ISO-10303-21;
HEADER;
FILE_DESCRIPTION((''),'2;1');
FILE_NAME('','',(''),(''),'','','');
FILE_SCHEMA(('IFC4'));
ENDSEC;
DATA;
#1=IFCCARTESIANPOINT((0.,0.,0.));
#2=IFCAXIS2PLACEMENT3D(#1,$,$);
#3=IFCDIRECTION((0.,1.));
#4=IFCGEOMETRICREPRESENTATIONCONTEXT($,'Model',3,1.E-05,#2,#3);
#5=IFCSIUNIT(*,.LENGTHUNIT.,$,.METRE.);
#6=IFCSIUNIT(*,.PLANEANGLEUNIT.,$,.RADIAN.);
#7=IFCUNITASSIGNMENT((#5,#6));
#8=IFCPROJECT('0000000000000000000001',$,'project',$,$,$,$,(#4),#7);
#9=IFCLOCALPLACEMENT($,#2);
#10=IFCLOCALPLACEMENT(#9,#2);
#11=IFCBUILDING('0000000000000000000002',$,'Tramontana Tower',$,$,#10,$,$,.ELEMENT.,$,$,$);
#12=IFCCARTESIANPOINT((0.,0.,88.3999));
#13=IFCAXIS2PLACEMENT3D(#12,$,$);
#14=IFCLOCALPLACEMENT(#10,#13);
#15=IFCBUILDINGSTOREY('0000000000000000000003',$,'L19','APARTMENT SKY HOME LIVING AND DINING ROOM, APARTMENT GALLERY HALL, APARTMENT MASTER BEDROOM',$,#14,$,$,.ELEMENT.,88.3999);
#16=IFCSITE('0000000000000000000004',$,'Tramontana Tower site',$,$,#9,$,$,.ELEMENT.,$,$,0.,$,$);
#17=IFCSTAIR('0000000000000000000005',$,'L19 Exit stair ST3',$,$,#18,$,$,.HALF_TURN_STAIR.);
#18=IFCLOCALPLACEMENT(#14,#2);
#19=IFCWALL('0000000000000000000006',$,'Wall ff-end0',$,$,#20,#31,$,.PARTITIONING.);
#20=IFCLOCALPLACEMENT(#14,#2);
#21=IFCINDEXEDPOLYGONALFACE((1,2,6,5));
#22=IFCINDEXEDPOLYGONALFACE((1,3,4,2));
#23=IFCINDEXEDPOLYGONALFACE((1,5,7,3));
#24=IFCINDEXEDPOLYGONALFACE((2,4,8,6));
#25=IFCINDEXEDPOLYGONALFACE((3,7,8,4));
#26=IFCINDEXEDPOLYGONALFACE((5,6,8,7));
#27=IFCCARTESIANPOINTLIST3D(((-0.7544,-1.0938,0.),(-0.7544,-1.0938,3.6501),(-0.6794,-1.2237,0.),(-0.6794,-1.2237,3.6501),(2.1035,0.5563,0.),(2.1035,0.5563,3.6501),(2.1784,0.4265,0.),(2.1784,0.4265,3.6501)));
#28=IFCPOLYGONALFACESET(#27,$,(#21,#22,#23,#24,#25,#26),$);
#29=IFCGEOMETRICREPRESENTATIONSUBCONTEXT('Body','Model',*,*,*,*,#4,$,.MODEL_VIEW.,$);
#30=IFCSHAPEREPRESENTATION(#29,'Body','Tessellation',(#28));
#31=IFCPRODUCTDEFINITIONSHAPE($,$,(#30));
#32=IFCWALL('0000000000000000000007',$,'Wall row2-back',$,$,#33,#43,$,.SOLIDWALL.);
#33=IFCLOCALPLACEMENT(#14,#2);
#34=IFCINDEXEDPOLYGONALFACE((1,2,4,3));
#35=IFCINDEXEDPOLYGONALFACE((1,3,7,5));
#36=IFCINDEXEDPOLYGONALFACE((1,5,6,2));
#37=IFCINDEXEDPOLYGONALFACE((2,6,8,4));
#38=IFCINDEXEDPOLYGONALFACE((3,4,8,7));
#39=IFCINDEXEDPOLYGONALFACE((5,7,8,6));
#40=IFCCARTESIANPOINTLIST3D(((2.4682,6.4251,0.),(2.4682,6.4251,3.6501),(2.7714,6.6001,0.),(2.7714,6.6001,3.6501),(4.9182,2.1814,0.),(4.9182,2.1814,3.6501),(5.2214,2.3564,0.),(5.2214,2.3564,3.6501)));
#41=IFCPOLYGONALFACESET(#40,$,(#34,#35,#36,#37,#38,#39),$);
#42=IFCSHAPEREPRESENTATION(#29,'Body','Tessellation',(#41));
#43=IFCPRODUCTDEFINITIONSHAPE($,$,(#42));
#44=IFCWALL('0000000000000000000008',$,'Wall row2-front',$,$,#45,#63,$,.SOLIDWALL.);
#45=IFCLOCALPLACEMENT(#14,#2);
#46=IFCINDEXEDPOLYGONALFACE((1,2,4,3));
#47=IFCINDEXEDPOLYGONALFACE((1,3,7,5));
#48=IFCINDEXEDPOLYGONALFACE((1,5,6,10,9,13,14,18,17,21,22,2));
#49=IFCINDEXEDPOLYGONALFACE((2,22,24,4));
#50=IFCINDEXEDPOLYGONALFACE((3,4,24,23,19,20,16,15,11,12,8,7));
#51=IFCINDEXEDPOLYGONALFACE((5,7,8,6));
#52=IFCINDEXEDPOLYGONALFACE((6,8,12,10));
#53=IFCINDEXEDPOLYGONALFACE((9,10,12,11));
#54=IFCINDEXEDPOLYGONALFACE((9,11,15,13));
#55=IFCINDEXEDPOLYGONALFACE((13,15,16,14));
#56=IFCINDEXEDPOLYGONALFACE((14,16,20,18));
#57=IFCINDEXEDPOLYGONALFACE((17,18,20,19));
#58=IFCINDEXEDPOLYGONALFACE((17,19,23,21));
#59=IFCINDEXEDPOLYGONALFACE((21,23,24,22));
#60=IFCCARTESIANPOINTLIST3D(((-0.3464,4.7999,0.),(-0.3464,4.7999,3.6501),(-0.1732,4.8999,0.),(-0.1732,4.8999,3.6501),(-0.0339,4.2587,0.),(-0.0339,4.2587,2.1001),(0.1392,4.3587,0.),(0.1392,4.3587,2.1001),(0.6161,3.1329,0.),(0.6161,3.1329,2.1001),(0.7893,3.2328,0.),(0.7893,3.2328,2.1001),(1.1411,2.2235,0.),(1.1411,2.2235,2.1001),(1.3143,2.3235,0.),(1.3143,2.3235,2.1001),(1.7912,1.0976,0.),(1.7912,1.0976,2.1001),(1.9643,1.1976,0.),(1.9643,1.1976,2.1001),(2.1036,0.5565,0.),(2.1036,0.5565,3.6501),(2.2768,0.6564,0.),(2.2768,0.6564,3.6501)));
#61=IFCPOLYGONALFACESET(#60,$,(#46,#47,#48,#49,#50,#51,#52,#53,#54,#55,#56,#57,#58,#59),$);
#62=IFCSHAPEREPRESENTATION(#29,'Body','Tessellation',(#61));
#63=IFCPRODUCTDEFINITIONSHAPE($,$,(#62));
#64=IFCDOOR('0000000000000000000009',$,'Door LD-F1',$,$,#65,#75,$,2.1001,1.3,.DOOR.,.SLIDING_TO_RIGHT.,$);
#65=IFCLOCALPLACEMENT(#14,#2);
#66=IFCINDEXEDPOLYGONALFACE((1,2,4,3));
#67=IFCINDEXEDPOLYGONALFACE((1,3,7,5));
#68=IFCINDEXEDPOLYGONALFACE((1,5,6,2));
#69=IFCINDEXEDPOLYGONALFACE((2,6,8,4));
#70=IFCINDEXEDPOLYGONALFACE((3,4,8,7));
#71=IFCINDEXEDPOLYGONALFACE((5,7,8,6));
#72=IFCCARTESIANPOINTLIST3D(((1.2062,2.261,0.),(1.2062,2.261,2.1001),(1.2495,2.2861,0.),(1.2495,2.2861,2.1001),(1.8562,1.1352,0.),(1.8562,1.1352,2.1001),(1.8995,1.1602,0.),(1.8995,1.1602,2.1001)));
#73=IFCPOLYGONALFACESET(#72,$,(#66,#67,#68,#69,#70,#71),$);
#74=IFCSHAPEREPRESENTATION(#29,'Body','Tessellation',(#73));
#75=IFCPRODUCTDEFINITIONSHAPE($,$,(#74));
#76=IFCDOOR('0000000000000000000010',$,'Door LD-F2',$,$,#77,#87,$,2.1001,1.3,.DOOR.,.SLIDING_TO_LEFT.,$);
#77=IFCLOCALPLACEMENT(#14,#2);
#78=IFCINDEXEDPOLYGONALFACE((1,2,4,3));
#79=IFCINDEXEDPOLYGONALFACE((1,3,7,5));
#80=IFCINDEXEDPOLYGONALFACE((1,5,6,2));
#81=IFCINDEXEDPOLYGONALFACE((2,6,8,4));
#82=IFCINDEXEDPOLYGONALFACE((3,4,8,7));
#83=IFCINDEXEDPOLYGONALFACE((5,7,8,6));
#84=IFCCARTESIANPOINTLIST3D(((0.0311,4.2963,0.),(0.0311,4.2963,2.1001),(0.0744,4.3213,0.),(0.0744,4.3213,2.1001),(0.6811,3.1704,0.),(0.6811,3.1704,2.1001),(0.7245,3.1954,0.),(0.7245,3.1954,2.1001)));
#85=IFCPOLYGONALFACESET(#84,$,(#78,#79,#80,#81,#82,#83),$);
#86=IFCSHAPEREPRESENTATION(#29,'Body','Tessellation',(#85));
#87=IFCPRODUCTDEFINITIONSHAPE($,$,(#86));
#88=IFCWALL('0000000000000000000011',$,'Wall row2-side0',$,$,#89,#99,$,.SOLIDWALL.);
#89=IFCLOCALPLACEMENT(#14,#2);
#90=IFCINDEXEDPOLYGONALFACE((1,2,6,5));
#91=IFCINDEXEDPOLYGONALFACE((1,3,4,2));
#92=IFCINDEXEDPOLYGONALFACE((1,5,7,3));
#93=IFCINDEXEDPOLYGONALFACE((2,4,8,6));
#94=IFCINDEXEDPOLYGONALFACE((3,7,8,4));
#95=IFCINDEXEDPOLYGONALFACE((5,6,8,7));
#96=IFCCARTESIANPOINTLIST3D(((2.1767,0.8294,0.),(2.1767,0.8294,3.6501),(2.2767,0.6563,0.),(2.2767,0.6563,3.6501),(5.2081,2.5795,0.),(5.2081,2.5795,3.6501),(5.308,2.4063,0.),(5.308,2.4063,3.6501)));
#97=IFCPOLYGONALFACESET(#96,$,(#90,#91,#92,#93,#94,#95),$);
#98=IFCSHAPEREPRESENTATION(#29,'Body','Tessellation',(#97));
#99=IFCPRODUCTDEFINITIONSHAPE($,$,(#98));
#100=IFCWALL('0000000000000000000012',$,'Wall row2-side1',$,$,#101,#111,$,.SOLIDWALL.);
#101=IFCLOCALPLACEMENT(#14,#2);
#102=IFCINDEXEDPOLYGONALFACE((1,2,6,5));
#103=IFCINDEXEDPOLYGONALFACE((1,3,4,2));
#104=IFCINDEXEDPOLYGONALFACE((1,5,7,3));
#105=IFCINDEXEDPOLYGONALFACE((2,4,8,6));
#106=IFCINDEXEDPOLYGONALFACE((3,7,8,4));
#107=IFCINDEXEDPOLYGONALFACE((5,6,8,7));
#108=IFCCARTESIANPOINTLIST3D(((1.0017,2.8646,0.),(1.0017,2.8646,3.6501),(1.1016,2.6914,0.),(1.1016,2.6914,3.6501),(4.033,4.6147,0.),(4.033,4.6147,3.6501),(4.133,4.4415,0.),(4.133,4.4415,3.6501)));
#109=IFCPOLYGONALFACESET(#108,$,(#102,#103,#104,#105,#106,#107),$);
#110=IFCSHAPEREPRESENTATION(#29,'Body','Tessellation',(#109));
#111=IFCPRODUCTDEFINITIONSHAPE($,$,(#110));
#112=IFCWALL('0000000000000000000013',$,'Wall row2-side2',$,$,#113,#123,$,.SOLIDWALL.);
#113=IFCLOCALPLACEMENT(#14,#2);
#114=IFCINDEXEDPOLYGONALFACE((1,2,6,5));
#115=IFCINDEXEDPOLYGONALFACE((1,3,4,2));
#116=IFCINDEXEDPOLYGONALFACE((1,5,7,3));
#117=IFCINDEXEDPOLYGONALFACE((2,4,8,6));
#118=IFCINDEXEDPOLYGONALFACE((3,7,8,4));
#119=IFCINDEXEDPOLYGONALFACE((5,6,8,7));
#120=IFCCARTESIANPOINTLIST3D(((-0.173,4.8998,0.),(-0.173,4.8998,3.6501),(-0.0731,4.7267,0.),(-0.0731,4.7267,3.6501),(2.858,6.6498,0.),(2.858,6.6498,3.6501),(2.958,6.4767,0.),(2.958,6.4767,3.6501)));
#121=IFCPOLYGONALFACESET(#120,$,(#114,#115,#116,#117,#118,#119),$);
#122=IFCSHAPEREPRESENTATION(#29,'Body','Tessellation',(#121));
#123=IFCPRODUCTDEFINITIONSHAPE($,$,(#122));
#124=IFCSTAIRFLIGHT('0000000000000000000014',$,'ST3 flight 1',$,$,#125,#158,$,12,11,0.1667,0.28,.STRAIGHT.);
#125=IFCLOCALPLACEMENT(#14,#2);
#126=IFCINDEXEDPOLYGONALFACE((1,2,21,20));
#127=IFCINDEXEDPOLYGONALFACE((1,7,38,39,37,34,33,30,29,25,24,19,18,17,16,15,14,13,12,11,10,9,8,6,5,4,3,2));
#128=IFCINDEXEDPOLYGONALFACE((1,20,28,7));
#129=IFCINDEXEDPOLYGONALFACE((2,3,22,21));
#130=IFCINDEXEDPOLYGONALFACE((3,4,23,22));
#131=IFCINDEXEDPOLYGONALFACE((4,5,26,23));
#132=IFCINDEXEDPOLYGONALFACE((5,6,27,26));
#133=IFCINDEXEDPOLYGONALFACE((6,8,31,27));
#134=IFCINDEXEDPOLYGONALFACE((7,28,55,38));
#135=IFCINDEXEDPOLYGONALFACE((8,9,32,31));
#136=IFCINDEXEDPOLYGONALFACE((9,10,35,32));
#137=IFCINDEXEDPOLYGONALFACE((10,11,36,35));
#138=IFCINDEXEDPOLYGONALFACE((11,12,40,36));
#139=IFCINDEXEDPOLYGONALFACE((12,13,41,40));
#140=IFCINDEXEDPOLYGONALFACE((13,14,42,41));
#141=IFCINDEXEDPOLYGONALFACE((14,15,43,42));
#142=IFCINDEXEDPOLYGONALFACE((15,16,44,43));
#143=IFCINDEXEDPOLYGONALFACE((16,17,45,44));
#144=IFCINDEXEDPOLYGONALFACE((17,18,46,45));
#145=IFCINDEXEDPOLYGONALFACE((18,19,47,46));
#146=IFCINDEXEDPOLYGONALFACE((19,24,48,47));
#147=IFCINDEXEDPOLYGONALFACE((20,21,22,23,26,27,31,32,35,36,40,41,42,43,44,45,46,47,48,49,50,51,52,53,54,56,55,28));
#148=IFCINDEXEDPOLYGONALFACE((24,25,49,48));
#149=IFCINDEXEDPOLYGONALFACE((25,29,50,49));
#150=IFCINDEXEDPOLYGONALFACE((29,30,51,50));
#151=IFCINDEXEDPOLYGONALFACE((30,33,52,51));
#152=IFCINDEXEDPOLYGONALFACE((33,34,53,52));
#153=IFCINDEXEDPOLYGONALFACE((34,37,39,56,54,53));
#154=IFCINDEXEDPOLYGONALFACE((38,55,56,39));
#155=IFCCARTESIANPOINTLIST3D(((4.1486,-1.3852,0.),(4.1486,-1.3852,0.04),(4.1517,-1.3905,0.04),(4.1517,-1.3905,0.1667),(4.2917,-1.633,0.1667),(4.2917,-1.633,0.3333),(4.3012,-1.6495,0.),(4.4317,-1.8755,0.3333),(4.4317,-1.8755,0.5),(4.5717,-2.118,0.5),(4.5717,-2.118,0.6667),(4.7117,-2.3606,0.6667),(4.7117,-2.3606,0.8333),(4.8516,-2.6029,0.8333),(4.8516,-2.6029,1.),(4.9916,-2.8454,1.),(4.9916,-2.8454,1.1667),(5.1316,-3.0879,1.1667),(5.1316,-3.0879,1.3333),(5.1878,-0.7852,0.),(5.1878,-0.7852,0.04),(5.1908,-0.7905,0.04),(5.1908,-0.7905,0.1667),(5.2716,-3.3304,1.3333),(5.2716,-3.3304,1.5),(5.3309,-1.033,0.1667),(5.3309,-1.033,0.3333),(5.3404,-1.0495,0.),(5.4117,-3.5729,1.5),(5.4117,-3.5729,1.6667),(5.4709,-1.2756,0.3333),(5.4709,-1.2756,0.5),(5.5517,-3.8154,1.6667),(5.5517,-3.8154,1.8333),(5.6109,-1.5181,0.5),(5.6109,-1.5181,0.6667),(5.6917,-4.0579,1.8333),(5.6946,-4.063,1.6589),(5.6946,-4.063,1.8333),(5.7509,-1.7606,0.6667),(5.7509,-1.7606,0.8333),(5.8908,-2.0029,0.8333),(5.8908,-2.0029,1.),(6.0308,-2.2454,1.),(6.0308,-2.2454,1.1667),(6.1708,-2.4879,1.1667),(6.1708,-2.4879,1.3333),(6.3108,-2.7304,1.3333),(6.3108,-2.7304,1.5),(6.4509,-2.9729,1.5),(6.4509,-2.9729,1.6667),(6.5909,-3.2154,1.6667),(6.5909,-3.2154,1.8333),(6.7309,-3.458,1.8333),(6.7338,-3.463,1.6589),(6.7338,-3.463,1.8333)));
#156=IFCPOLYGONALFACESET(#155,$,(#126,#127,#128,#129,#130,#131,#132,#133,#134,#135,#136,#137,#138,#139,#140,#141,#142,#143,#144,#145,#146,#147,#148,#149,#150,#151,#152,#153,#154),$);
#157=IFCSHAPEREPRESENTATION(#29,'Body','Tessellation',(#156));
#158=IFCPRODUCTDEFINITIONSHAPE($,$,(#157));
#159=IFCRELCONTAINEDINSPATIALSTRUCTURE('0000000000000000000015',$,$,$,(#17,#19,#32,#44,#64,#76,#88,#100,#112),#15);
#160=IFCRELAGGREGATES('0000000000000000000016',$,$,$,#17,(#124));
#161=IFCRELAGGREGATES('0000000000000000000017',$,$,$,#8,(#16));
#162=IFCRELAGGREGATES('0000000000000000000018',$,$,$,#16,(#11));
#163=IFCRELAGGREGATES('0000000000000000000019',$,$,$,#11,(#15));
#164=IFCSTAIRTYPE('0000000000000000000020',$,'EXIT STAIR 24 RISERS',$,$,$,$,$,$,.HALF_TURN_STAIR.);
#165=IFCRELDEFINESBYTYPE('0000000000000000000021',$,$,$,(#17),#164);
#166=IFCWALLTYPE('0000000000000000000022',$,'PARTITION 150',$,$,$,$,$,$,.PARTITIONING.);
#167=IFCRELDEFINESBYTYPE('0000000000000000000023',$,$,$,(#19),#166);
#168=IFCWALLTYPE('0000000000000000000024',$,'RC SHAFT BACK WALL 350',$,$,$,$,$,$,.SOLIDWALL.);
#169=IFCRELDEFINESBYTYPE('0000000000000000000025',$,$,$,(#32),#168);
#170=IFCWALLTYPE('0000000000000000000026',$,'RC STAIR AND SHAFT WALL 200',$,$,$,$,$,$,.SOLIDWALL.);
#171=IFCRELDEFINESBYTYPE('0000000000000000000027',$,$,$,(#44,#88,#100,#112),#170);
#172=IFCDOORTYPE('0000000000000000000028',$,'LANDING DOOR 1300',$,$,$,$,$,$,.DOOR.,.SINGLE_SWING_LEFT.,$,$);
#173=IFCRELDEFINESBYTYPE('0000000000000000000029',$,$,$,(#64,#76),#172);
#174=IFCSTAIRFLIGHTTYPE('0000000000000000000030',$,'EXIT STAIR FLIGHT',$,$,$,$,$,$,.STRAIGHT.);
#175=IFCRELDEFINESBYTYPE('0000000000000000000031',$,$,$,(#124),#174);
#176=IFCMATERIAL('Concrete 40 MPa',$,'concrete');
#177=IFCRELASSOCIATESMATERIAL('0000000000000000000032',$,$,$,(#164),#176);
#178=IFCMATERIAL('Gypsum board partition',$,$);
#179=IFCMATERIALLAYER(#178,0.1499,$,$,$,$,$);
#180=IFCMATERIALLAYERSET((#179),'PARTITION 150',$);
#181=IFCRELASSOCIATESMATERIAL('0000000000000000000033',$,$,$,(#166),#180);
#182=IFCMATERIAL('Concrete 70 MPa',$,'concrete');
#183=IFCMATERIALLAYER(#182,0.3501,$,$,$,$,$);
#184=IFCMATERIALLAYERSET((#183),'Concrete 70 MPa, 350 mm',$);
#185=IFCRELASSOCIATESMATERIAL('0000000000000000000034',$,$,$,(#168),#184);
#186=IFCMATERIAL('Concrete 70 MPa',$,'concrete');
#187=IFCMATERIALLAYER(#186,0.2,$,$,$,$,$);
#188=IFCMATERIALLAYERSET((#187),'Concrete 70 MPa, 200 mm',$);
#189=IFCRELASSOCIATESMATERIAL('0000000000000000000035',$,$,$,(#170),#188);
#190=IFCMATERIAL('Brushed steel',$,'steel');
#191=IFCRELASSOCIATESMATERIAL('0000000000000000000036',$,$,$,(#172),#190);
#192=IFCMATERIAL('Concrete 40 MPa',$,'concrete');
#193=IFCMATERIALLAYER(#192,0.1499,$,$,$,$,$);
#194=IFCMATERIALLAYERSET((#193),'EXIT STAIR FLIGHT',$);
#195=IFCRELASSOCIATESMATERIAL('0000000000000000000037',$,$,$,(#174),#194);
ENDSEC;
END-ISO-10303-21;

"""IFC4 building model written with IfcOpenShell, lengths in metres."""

from ifc_helpers import new_model, si_unit, direction, frame, frame_2d, origin, place, context, subcontext, project, spatial, polyline, rectangle, outline, extrude, material, layer, layer_set, type_object, element, fill, aggregate, save


model = new_model("IFC4")

# Units and contexts
model_context = context("Model", 3, precision=1e-05, world=origin(), true_north=direction((0.0, 1.0)))
body_context = subcontext(model_context, "Body", "Model", "MODEL_VIEW")
ifc_project = project(units=[si_unit("LENGTHUNIT", "METRE"), si_unit("PLANEANGLEUNIT", "RADIAN")], contexts=[model_context])

# Site, building, storey
site_placement = place(None, origin())
site = spatial("IfcSite", under=ifc_project, at=site_placement, Name="Tramontana Tower site", CompositionType="ELEMENT", RefElevation=0.0)
building_placement = place(site_placement, origin())
building = spatial("IfcBuilding", under=site, at=building_placement, Name="Tramontana Tower", CompositionType="ELEMENT")
storey_placement = place(building_placement, frame((0.0, 0.0, 88.3999)))
storey = spatial("IfcBuildingStorey", under=building, at=storey_placement, Name="L19", Description="APARTMENT SKY HOME LIVING AND DINING ROOM, APARTMENT GALLERY HALL, APARTMENT MASTER BEDROOM", CompositionType="ELEMENT", Elevation=88.3999)

# Stair
ifc_material_1 = material(Name="Concrete 40 MPa", Category="concrete")
stair_type = type_object("IfcStairType", Name="EXIT STAIR 24 RISERS", PredefinedType="HALF_TURN_STAIR", material=ifc_material_1)
stair_1_placement = place(storey_placement, origin())
stair_1 = element("IfcStair", 1, at=stair_1_placement, inside=storey, type_object=stair_type, Name="L19 Exit stair ST3", PredefinedType="HALF_TURN_STAIR")

# Shared definitions
ifc_material_2 = material(Name="Gypsum board partition")
ifc_layer_1 = layer(ifc_material_2, 0.1499)
ifc_layer_set_1 = layer_set([ifc_layer_1], Name="PARTITION 150")
wall_type_1 = type_object("IfcWallType", Name="PARTITION 150", PredefinedType="PARTITIONING", material=ifc_layer_set_1)

# Walls
wall_1_placement = place(storey_placement, frame((-0.7168, -1.1587, 0.0), z_axis=(0.0, 0.0, 1.0), x_axis=(0.866008, 0.50003, 0.0)))
element("IfcWall", 2, at=wall_1_placement, inside=storey, type_object=wall_type_1, Name="Wall ff-end0", PredefinedType="PARTITIONING", context=body_context, shape_type="SweptSolid", body=[
    extrude(rectangle(XDim=3.3, YDim=0.1499, at=frame_2d((1.6499, 0.0))), origin(), (0.0, 0.0, 1.0), 3.6501),
])
ifc_material_3 = material(Name="Concrete 70 MPa", Category="concrete")
ifc_layer_2 = layer(ifc_material_3, 0.3501)
ifc_layer_set_2 = layer_set([ifc_layer_2], Name="Concrete 70 MPa, 350 mm")
wall_type_2 = type_object("IfcWallType", Name="RC SHAFT BACK WALL 350", PredefinedType="SOLIDWALL", material=ifc_layer_set_2)
wall_2_placement = place(storey_placement, frame((5.0698, 2.2688, 0.0), z_axis=(0.0, 0.0, 1.0), x_axis=(-0.499981, 0.866036, 0.0)))
element("IfcWall", 3, at=wall_2_placement, inside=storey, type_object=wall_type_2, Name="Wall row2-back", PredefinedType="SOLIDWALL", context=body_context, shape_type="SweptSolid", body=[
    extrude(rectangle(XDim=4.9001, YDim=0.3501, at=frame_2d((2.4502, 0.0))), origin(), (0.0, 0.0, 1.0), 3.6501),
])

# Shared definitions
ifc_material_4 = material(Name="Concrete 70 MPa", Category="concrete")
ifc_layer_3 = layer(ifc_material_4, 0.2)
ifc_layer_set_3 = layer_set([ifc_layer_3], Name="Concrete 70 MPa, 200 mm")
wall_type_3 = type_object("IfcWallType", Name="RC STAIR AND SHAFT WALL 200", PredefinedType="SOLIDWALL", material=ifc_layer_set_3)

# Wall, openings, doors
wall_3_placement = place(storey_placement, frame((2.1902, 0.6064, 0.0), z_axis=(0.0, 0.0, 1.0), x_axis=(-0.500003, 0.866024, 0.0)))
wall_3 = element("IfcWall", 4, at=wall_3_placement, inside=storey, type_object=wall_type_3, Name="Wall row2-front", PredefinedType="SOLIDWALL", context=body_context, shape_type="SweptSolid", body=[
    extrude(rectangle(XDim=4.8999, YDim=0.2, at=frame_2d((2.45, 0.0))), origin(), (0.0, 0.0, 1.0), 3.6501),
])
opening_1_placement = place(wall_3_placement, frame((0.625, 0.0, 0.0)))
opening_1 = element("IfcOpeningElement", 5, at=opening_1_placement, cuts=wall_3, PredefinedType="OPENING", context=body_context, shape_type="SweptSolid", body=[
    extrude(rectangle(XDim=1.3, YDim=2.1001, at=frame_2d((0.6499, 1.05))), frame((0.0, 0.1099, 0.0), z_axis=(0.0, -1.0, 0.0), x_axis=(1.0, 0.0, 0.0)), (0.0, 0.0, 1.0), 0.22),
])
opening_2_placement = place(wall_3_placement, frame((2.9751, 0.0, 0.0)))
opening_2 = element("IfcOpeningElement", 6, at=opening_2_placement, cuts=wall_3, PredefinedType="OPENING", context=body_context, shape_type="SweptSolid", body=[
    extrude(rectangle(XDim=1.3, YDim=2.1001, at=frame_2d((0.6499, 1.05))), frame((0.0, 0.1099, 0.0), z_axis=(0.0, -1.0, 0.0), x_axis=(1.0, 0.0, 0.0)), (0.0, 0.0, 1.0), 0.22),
])
ifc_material_5 = material(Name="Brushed steel", Category="steel")
door_type_1 = type_object("IfcDoorType", Name="LANDING DOOR 1300", OperationType="SINGLE_SWING_LEFT", PredefinedType="DOOR", material=ifc_material_5)
door_1_placement = place(opening_1_placement, origin())
door_1 = element("IfcDoor", 7, at=door_1_placement, inside=storey, type_object=door_type_1, Name="Door LD-F1", OperationType="SLIDING_TO_RIGHT", OverallHeight=2.1001, OverallWidth=1.3, PredefinedType="DOOR", context=body_context, shape_type="SweptSolid", body=[
    extrude(rectangle(XDim=1.3, YDim=2.1001, at=frame_2d((0.6499, 1.05))), frame((0.0, 0.0249, 0.0), z_axis=(0.0, -1.0, 0.0), x_axis=(1.0, 0.0, 0.0)), (0.0, 0.0, 1.0), 0.05),
])
fill(opening_1, door_1)
door_2_placement = place(opening_2_placement, origin())
door_2 = element("IfcDoor", 8, at=door_2_placement, inside=storey, type_object=door_type_1, Name="Door LD-F2", OperationType="SLIDING_TO_LEFT", OverallHeight=2.1001, OverallWidth=1.3, PredefinedType="DOOR", context=body_context, shape_type="SweptSolid", body=[
    extrude(rectangle(XDim=1.3, YDim=2.1001, at=frame_2d((0.6499, 1.05))), frame((0.0, 0.0249, 0.0), z_axis=(0.0, -1.0, 0.0), x_axis=(1.0, 0.0, 0.0)), (0.0, 0.0, 1.0), 0.05),
])
fill(opening_2, door_2)

# Walls
for number, where, z_axis, x_axis, name in (
    (9, (2.2268, 0.7429, 0.0), (0.0, 0.0, 1.0), (0.866037, 0.49998, 0.0), "Wall row2-side0"),
    (10, (1.0518, 2.7781, 0.0), (0.0, 0.0, 1.0), (0.866037, 0.49998, 0.0), "Wall row2-side1"),
):
    element("IfcWall", number, at=place(storey_placement, frame(where, z_axis=z_axis, x_axis=x_axis)), inside=storey, type_object=wall_type_3, Name=name, PredefinedType="SOLIDWALL", context=body_context, shape_type="SweptSolid", body=[
        extrude(rectangle(XDim=3.5002, YDim=0.2, at=frame_2d((1.75, 0.0))), origin(), (0.0, 0.0, 1.0), 3.6501),
    ])
wall_4_placement = place(storey_placement, frame((-0.123, 4.8132, 0.0), z_axis=(0.0, 0.0, 1.0), x_axis=(0.866019, 0.50001, 0.0)))
element("IfcWall", 11, at=wall_4_placement, inside=storey, type_object=wall_type_3, Name="Wall row2-side2", PredefinedType="SOLIDWALL", context=body_context, shape_type="SweptSolid", body=[
    extrude(rectangle(XDim=3.5, YDim=0.2, at=frame_2d((1.75, 0.0))), origin(), (0.0, 0.0, 1.0), 3.6501),
])

# Stair flight
ifc_material_6 = material(Name="Concrete 40 MPa", Category="concrete")
ifc_layer_4 = layer(ifc_material_6, 0.1499)
ifc_layer_set_4 = layer_set([ifc_layer_4], Name="EXIT STAIR FLIGHT")
stair_flight_type = type_object("IfcStairFlightType", Name="EXIT STAIR FLIGHT", PredefinedType="STRAIGHT", material=ifc_layer_set_4)
stair_flight_placement = place(storey_placement, frame((4.6711, -1.0906, 0.0), z_axis=(0.0, 0.0, 1.0), x_axis=(0.5, -0.866025, 0.0)))
stair_flight = element("IfcStairFlight", 12, at=stair_flight_placement, type_object=stair_flight_type, Name="ST3 flight 1", NumberOfRisers=12, NumberOfTreads=11, PredefinedType="STRAIGHT", RiserHeight=0.1667, TreadLength=0.28, context=body_context, shape_type="SweptSolid", body=[
    extrude(outline(polyline([(-0.0061, 0.0), (-0.0061, 0.04), (0.0, 0.04), (0.0, 0.1667), (0.28, 0.1667), (0.28, 0.3333), (0.5601, 0.3333), (0.5601, 0.5), (0.8401, 0.5), (0.8401, 0.6667), (1.1201, 0.6667), (1.1201, 0.8333), (1.3999, 0.8333), (1.3999, 1.0), (1.6799, 1.0), (1.6799, 1.1667), (1.96, 1.1667), (1.96, 1.3333), (2.24, 1.3333), (2.24, 1.5), (2.52, 1.5), (2.52, 1.6667), (2.8, 1.6667), (2.8, 1.8333), (3.0801, 1.8333), (3.0859, 1.8333), (3.0859, 1.6589), (0.2991, 0.0), (-0.0061, 0.0)])), frame((0.0, 0.6001, 0.0), z_axis=(0.0, -1.0, 0.0), x_axis=(1.0, 0.0, 0.0)), (0.0, 0.0, 1.0), 1.2),
])
aggregate(stair_1, [stair_flight])

save(model, "model.ifc")
